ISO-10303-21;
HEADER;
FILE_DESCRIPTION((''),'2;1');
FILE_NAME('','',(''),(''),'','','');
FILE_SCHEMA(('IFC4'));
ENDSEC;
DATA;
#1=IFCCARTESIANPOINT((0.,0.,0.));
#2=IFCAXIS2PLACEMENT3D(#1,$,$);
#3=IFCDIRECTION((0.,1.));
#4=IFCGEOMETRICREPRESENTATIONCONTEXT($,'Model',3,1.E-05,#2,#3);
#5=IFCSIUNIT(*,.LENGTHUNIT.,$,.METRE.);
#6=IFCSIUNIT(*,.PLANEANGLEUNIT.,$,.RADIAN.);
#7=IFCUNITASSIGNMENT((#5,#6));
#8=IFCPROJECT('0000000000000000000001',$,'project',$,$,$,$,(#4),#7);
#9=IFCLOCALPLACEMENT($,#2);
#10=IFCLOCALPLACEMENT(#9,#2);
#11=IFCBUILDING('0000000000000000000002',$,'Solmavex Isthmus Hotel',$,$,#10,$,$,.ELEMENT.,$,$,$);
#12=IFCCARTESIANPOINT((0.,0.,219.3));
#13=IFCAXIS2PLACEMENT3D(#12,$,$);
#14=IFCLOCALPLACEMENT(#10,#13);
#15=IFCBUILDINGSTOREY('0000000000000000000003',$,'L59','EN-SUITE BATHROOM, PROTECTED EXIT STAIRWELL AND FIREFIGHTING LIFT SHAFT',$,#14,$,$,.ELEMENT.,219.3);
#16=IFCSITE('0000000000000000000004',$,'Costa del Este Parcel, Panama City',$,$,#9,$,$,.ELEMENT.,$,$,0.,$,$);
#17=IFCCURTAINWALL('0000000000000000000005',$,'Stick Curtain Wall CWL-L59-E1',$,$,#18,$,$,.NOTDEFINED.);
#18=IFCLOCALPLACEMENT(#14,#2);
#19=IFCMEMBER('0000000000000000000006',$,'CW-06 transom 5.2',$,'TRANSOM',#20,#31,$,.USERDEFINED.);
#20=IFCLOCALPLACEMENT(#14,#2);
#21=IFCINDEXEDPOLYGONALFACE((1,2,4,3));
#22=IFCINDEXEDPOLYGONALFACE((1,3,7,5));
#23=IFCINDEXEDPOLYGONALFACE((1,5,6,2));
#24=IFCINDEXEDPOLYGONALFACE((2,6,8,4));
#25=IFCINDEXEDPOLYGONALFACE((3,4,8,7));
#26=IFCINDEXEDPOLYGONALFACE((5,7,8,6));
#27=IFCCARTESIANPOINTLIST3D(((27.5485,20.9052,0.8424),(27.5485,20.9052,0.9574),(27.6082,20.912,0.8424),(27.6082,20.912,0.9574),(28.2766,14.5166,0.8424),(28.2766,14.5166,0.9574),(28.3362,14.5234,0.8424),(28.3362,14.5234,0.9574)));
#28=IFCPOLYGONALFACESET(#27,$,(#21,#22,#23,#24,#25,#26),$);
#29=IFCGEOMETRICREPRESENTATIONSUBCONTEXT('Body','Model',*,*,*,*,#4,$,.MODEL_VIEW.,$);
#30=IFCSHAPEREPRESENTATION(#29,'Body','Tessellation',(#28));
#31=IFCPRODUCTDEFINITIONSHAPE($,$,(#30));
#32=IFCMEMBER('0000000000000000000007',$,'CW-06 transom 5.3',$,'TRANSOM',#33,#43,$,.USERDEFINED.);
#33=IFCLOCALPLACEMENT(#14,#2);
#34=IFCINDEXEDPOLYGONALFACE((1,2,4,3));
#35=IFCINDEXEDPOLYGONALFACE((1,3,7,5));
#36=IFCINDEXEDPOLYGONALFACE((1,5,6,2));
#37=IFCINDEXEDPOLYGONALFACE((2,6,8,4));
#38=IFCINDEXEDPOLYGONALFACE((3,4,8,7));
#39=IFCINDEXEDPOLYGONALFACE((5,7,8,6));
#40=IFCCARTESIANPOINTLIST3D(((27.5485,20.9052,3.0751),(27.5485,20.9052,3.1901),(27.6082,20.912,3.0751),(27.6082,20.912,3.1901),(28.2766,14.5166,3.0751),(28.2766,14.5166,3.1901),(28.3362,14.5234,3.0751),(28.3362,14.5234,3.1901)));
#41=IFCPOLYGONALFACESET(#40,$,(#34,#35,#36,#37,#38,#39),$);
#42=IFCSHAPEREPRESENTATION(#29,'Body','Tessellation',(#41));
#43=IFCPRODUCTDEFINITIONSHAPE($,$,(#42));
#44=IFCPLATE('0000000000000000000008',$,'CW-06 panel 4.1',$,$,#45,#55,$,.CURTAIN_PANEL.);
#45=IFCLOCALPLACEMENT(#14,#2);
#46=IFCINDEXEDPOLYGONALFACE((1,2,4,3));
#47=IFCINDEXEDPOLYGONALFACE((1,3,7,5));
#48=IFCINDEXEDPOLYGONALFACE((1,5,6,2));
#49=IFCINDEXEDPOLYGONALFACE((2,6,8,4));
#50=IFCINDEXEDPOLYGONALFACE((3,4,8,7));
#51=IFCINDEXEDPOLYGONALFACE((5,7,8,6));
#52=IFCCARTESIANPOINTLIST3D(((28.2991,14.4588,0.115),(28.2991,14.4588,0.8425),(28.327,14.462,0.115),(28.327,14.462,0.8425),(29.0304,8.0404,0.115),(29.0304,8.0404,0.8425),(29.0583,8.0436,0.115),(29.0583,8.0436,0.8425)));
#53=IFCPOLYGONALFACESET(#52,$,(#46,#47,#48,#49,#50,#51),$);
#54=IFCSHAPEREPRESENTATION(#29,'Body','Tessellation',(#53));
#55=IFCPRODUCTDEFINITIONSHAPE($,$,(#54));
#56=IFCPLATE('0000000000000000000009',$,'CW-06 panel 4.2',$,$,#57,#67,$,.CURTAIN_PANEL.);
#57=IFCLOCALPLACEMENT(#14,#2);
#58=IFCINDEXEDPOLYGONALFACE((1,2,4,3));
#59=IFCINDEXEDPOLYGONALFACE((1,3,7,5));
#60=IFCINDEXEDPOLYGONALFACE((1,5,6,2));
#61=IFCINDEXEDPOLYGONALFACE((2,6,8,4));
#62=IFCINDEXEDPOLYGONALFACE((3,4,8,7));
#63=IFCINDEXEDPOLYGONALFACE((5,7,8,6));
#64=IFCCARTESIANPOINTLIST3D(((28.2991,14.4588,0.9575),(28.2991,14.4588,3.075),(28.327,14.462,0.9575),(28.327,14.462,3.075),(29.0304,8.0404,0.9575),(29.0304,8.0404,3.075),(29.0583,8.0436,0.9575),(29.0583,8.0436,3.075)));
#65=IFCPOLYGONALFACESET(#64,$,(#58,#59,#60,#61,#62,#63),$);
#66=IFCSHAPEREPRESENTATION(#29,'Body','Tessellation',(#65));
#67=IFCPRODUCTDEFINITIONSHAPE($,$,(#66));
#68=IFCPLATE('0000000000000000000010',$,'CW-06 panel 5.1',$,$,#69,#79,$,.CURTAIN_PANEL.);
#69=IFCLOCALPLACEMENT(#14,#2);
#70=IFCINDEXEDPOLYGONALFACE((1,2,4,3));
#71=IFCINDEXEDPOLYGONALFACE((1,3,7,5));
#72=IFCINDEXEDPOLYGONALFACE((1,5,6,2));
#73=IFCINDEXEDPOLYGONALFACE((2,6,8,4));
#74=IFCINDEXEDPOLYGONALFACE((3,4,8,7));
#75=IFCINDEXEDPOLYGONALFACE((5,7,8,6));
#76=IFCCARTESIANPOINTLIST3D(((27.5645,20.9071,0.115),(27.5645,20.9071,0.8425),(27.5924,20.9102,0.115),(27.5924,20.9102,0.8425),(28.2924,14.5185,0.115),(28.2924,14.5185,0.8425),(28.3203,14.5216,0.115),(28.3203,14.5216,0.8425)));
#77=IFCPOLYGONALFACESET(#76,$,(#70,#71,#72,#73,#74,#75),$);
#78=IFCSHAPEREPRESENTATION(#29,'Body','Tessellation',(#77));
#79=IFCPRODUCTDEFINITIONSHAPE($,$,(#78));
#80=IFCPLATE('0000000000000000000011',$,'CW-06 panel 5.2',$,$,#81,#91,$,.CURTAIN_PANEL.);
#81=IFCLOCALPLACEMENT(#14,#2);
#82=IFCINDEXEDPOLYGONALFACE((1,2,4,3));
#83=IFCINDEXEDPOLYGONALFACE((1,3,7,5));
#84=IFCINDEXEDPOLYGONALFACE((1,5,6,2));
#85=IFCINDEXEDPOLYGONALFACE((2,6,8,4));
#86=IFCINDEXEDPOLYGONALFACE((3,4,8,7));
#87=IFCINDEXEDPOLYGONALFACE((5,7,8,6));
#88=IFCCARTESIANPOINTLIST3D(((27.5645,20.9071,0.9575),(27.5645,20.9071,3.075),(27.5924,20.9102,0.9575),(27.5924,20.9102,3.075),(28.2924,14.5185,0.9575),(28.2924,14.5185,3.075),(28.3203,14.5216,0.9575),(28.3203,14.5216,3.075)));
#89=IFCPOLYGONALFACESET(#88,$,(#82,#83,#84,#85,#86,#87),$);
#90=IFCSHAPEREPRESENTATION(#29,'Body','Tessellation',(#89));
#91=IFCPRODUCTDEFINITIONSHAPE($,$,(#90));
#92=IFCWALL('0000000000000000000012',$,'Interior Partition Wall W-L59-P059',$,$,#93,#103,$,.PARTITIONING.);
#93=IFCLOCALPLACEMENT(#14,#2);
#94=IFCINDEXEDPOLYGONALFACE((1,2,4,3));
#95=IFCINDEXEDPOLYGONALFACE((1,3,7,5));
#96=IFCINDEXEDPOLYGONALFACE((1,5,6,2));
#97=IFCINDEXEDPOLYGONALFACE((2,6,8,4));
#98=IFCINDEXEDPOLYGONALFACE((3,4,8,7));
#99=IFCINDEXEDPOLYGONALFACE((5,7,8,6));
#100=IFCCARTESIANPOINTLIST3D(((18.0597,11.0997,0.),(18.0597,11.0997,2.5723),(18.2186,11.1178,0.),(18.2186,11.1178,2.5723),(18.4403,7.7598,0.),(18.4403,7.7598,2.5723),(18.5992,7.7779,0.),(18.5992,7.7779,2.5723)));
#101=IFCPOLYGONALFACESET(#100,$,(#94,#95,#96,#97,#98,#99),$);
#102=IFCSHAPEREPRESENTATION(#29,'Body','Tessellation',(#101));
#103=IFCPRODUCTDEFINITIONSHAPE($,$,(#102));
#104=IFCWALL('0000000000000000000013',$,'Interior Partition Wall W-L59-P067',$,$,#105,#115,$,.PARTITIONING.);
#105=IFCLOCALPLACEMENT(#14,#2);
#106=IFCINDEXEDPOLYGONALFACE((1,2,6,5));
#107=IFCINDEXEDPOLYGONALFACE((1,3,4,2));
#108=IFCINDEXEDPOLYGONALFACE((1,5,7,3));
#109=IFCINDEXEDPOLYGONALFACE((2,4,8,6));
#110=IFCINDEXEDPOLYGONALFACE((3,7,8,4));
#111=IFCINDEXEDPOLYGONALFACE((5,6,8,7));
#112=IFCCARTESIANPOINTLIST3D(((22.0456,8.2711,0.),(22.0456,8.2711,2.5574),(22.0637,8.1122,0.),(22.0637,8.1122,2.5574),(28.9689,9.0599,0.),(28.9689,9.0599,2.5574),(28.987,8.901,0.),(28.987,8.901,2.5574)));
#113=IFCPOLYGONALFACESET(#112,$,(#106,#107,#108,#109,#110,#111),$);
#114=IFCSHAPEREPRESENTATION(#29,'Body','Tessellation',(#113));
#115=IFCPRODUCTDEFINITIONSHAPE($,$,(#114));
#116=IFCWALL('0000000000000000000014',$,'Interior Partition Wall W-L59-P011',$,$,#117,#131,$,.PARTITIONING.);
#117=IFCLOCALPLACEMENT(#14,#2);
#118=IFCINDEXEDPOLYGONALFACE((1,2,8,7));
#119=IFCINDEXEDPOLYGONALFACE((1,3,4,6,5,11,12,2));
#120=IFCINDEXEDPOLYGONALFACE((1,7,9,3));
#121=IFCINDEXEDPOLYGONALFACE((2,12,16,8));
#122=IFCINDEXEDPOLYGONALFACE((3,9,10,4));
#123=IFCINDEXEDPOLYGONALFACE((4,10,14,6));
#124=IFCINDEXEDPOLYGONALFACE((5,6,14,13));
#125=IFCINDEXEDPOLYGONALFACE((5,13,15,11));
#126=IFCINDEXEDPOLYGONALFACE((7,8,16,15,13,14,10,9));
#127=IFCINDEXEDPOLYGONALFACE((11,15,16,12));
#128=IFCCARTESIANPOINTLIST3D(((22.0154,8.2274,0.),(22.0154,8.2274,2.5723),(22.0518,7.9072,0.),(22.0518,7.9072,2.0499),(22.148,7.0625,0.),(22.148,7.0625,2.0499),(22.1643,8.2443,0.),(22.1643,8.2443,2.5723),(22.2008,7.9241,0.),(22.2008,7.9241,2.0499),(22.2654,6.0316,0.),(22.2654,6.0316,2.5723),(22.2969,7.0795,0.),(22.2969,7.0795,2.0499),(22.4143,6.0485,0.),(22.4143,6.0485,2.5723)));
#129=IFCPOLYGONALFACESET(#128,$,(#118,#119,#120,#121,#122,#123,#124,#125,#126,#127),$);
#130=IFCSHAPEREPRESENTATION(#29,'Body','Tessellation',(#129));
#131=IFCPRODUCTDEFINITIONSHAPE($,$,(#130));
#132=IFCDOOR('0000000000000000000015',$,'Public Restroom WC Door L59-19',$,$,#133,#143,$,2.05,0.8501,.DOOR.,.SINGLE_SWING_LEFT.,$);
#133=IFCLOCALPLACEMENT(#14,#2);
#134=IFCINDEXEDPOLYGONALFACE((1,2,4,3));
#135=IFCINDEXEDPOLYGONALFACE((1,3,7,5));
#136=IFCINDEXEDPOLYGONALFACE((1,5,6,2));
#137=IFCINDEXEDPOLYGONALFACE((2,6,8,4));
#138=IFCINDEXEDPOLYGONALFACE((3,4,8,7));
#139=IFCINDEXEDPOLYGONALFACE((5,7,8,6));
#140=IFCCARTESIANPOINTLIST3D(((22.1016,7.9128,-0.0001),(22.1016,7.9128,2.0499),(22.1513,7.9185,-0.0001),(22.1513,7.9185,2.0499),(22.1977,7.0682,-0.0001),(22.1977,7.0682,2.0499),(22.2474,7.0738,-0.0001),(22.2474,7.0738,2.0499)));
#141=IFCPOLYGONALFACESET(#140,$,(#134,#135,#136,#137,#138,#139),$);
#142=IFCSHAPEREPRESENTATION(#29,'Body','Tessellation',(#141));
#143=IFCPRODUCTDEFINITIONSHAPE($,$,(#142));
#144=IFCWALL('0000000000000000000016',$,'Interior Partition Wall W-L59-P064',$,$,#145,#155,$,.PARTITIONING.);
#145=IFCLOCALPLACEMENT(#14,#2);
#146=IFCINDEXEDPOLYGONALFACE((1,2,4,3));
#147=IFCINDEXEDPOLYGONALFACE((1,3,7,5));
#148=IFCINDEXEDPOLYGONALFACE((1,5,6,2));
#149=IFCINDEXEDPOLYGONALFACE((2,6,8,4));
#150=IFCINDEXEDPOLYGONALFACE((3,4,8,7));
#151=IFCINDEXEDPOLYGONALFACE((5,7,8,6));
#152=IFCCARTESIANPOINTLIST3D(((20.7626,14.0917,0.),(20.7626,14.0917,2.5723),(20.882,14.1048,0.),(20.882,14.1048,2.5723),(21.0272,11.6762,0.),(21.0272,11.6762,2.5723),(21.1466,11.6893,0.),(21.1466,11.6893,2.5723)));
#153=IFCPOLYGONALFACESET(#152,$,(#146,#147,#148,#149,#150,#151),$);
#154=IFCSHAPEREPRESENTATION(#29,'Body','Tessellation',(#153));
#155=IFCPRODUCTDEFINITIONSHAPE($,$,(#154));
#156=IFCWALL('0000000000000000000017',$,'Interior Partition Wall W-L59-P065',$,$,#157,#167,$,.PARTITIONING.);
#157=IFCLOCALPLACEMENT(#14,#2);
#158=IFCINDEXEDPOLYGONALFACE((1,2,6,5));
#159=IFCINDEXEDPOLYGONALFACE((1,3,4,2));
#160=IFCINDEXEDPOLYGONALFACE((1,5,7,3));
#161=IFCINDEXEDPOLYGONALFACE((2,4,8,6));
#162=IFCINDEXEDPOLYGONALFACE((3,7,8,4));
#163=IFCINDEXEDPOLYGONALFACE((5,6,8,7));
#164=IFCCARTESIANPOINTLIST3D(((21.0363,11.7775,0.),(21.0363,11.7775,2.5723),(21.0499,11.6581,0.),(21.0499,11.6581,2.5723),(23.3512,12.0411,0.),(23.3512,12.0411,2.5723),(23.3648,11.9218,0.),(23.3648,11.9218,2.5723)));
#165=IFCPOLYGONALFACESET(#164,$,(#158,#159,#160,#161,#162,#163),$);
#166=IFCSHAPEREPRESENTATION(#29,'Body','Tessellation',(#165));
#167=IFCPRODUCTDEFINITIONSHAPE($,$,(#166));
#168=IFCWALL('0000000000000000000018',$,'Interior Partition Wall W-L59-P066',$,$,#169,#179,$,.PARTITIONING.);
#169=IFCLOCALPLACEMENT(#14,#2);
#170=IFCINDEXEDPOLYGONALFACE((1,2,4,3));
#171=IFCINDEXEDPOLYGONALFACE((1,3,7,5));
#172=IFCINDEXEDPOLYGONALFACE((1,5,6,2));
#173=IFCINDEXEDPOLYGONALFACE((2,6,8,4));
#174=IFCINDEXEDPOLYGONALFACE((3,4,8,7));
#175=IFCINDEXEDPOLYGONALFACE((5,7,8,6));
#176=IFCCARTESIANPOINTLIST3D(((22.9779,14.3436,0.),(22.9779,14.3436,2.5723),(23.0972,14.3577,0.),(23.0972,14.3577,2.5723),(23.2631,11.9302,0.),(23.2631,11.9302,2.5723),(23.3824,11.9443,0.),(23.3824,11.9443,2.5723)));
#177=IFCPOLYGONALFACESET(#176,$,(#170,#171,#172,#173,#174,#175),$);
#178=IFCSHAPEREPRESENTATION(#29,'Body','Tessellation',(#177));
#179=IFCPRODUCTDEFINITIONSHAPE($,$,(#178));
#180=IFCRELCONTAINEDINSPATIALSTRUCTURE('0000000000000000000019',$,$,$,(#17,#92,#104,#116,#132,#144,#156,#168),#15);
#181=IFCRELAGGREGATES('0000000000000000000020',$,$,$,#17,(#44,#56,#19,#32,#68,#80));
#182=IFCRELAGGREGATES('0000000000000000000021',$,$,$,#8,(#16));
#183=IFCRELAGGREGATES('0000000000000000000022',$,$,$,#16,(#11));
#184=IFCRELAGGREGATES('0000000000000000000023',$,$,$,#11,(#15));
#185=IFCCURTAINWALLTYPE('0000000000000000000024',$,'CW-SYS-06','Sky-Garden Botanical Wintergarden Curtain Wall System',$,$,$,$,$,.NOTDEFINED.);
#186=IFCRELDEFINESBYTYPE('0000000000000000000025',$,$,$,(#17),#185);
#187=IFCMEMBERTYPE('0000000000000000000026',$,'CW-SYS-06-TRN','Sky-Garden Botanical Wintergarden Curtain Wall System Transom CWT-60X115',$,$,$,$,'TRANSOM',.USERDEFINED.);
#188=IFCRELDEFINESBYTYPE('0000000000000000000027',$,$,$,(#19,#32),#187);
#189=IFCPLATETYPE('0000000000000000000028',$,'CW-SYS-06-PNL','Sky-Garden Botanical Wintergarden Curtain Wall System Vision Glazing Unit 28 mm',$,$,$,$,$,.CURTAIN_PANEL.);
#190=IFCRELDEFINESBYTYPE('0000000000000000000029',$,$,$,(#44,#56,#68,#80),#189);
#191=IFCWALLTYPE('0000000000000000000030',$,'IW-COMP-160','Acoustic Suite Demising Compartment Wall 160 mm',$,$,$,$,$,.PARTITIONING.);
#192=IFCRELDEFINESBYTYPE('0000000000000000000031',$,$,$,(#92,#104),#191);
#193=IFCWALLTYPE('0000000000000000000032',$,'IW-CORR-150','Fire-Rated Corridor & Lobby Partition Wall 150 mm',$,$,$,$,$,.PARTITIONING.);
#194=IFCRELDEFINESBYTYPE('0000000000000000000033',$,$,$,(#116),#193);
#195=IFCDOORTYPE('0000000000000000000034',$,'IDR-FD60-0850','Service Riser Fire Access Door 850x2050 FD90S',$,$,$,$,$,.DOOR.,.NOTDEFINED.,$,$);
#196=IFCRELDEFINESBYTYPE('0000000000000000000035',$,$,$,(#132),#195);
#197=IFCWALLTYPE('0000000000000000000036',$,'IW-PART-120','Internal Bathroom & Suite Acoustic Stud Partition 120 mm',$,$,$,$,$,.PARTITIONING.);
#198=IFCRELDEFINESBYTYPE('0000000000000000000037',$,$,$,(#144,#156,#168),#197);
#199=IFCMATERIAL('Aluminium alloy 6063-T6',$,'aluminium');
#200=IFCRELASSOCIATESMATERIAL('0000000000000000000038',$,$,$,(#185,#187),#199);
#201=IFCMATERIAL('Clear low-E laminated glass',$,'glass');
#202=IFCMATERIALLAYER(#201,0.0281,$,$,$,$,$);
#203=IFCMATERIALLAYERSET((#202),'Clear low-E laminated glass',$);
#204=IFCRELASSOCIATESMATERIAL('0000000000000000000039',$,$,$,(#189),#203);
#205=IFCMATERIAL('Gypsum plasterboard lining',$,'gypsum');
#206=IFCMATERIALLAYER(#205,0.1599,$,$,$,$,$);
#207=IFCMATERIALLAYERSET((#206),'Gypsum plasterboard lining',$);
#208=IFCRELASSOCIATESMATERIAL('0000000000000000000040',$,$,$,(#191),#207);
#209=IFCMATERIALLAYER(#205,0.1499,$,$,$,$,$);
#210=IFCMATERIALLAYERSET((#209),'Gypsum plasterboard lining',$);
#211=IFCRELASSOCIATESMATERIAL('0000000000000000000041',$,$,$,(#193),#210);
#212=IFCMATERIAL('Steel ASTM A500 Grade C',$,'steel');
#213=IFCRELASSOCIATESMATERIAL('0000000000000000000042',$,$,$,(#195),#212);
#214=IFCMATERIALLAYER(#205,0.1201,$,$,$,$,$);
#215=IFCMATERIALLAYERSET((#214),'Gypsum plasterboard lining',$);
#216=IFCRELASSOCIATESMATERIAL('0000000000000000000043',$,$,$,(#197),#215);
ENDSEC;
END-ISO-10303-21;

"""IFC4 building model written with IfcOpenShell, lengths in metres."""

from ifc_helpers import new_model, si_unit, direction, frame, frame_2d, origin, origin_2d, place, context, subcontext, project, spatial, rectangle, extrude, material, layer, layer_set, material_profile, profile_set, type_object, element, fill, aggregate, save


model = new_model("IFC4")

# Units and contexts
model_context = context("Model", 3, precision=1e-05, world=origin(), true_north=direction((0.0, 1.0)))
body_context = subcontext(model_context, "Body", "Model", "MODEL_VIEW")
ifc_project = project(units=[si_unit("LENGTHUNIT", "METRE"), si_unit("PLANEANGLEUNIT", "RADIAN")], contexts=[model_context])

# Site, building, storey
site_placement = place(None, origin())
site = spatial("IfcSite", under=ifc_project, at=site_placement, Name="Costa del Este Parcel, Panama City", CompositionType="ELEMENT", RefElevation=0.0)
building_placement = place(site_placement, origin())
building = spatial("IfcBuilding", under=site, at=building_placement, Name="Solmavex Isthmus Hotel", CompositionType="ELEMENT")
storey_placement = place(building_placement, frame((0.0, 0.0, 219.3)))
storey = spatial("IfcBuildingStorey", under=building, at=storey_placement, Name="L59", Description="EN-SUITE BATHROOM, PROTECTED EXIT STAIRWELL AND FIREFIGHTING LIFT SHAFT", CompositionType="ELEMENT", Elevation=219.3)

# Curtain wall, members, plates
ifc_material_1 = material(Name="Aluminium alloy 6063-T6", Category="aluminium")
curtain_wall_type = type_object("IfcCurtainWallType", Name="CW-SYS-06", Description="Sky-Garden Botanical Wintergarden Curtain Wall System", PredefinedType="NOTDEFINED", material=ifc_material_1)
curtain_wall_placement = place(storey_placement, origin())
curtain_wall = element("IfcCurtainWall", 1, at=curtain_wall_placement, inside=storey, type_object=curtain_wall_type, Name="Stick Curtain Wall CWL-L59-E1", PredefinedType="NOTDEFINED")
ifc_material_profile_1 = material_profile(ifc_material_1, rectangle(XDim=0.0601, YDim=0.115, at=origin_2d()), Name="CWT-60X115")
ifc_profile_set_1 = profile_set([ifc_material_profile_1], Name="Aluminium alloy 6063-T6")
member_type_1 = type_object("IfcMemberType", Name="CW-SYS-06-TRN", Description="Sky-Garden Botanical Wintergarden Curtain Wall System Transom CWT-60X115", ElementType="TRANSOM", PredefinedType="USERDEFINED", material=ifc_profile_set_1)
member_1_placement = place(storey_placement, frame((28.3064, 14.52, 0.8999), z_axis=(-0.113223, 0.99357, 0.0), x_axis=(-0.99357, -0.113223, 0.0)))
member_1 = element("IfcMember", 2, at=member_1_placement, type_object=member_type_1, Name="CW-06 transom 5.2", ObjectType="TRANSOM", PredefinedType="USERDEFINED", context=body_context, shape_type="SweptSolid", body=[
    extrude(rectangle(XDim=0.0601, YDim=0.115, at=origin_2d()), origin(), (0.0, 0.0, 1.0), 6.4299),
])
member_2_placement = place(storey_placement, frame((28.3064, 14.52, 3.1326), z_axis=(-0.113223, 0.99357, 0.0), x_axis=(-0.99357, -0.113223, 0.0)))
member_2 = element("IfcMember", 3, at=member_2_placement, type_object=member_type_1, Name="CW-06 transom 5.3", ObjectType="TRANSOM", PredefinedType="USERDEFINED", context=body_context, shape_type="SweptSolid", body=[
    extrude(rectangle(XDim=0.0601, YDim=0.115, at=origin_2d()), origin(), (0.0, 0.0, 1.0), 6.4299),
])
ifc_material_2 = material(Name="Clear low-E laminated glass", Category="glass")
ifc_layer_1 = layer(ifc_material_2, 0.0281)
ifc_layer_set_1 = layer_set([ifc_layer_1], Name="Clear low-E laminated glass")
plate_type = type_object("IfcPlateType", Name="CW-SYS-06-PNL", Description="Sky-Garden Botanical Wintergarden Curtain Wall System Vision Glazing Unit 28 mm", PredefinedType="CURTAIN_PANEL", material=ifc_layer_set_1)
plate_1_placement = place(storey_placement, frame((28.6787, 11.2512, 0.115), z_axis=(0.0, 0.0, 1.0), x_axis=(-0.113203, 0.993572, 0.0)))
plate_1 = element("IfcPlate", 4, at=plate_1_placement, type_object=plate_type, Name="CW-06 panel 4.1", PredefinedType="CURTAIN_PANEL", context=body_context, shape_type="SweptSolid", body=[
    extrude(rectangle(XDim=6.46, YDim=0.0281, at=origin_2d()), origin(), (0.0, 0.0, 1.0), 0.7275),
])
plate_2_placement = place(storey_placement, frame((28.6787, 11.2512, 0.9575), z_axis=(0.0, 0.0, 1.0), x_axis=(-0.113203, 0.993572, 0.0)))
plate_2 = element("IfcPlate", 5, at=plate_2_placement, type_object=plate_type, Name="CW-06 panel 4.2", PredefinedType="CURTAIN_PANEL", context=body_context, shape_type="SweptSolid", body=[
    extrude(rectangle(XDim=6.46, YDim=0.0281, at=origin_2d()), origin(), (0.0, 0.0, 1.0), 2.1174),
])
plate_3_placement = place(storey_placement, frame((27.9424, 17.7144, 0.115), z_axis=(0.0, 0.0, 1.0), x_axis=(-0.113203, 0.993572, 0.0)))
plate_3 = element("IfcPlate", 6, at=plate_3_placement, type_object=plate_type, Name="CW-06 panel 5.1", PredefinedType="CURTAIN_PANEL", context=body_context, shape_type="SweptSolid", body=[
    extrude(rectangle(XDim=6.4299, YDim=0.0281, at=origin_2d()), origin(), (0.0, 0.0, 1.0), 0.7275),
])
plate_4_placement = place(storey_placement, frame((27.9424, 17.7144, 0.9575), z_axis=(0.0, 0.0, 1.0), x_axis=(-0.113203, 0.993572, 0.0)))
plate_4 = element("IfcPlate", 7, at=plate_4_placement, type_object=plate_type, Name="CW-06 panel 5.2", PredefinedType="CURTAIN_PANEL", context=body_context, shape_type="SweptSolid", body=[
    extrude(rectangle(XDim=6.4299, YDim=0.0281, at=origin_2d()), origin(), (0.0, 0.0, 1.0), 2.1174),
])
aggregate(curtain_wall, [plate_1, plate_2, member_1, member_2, plate_3, plate_4])

# Wall
ifc_material_3 = material(Name="Gypsum plasterboard lining", Category="gypsum")
ifc_layer_2 = layer(ifc_material_3, 0.1599)
ifc_layer_set_2 = layer_set([ifc_layer_2], Name="Gypsum plasterboard lining")
wall_type_1 = type_object("IfcWallType", Name="IW-COMP-160", Description="Acoustic Suite Demising Compartment Wall 160 mm", PredefinedType="PARTITIONING", material=ifc_layer_set_2)
wall_1_placement = place(storey_placement, frame((18.1392, 11.1086, 0.0), z_axis=(0.0, 0.0, 1.0), x_axis=(0.113229, -0.993569, 0.0)))
element("IfcWall", 8, at=wall_1_placement, inside=storey, type_object=wall_type_1, Name="Interior Partition Wall W-L59-P059", PredefinedType="PARTITIONING", context=body_context, shape_type="SweptSolid", body=[
    extrude(rectangle(XDim=3.3616, YDim=0.1599, at=frame_2d((1.6807, 0.0))), origin(), (0.0, 0.0, 1.0), 2.5723),
])

# Wall
wall_2_placement = place(storey_placement, frame((28.9778, 8.9805, 0.0), z_axis=(0.0, 0.0, 1.0), x_axis=(-0.993572, -0.113204, 0.0)))
element("IfcWall", 9, at=wall_2_placement, inside=storey, type_object=wall_type_1, Name="Interior Partition Wall W-L59-P067", PredefinedType="PARTITIONING", context=body_context, shape_type="SweptSolid", body=[
    extrude(rectangle(XDim=6.968, YDim=0.1599, at=frame_2d((3.4839, 0.0))), origin(), (0.0, 0.0, 1.0), 2.5574),
])

# Wall, opening, door
ifc_layer_3 = layer(ifc_material_3, 0.1499)
ifc_layer_set_3 = layer_set([ifc_layer_3], Name="Gypsum plasterboard lining")
wall_type_2 = type_object("IfcWallType", Name="IW-CORR-150", Description="Fire-Rated Corridor & Lobby Partition Wall 150 mm", PredefinedType="PARTITIONING", material=ifc_layer_set_3)
wall_3_placement = place(storey_placement, frame((22.0898, 8.2358, 0.0), z_axis=(0.0, 0.0, 1.0), x_axis=(0.113123, -0.993581, 0.0)))
wall_3 = element("IfcWall", 10, at=wall_3_placement, inside=storey, type_object=wall_type_2, Name="Interior Partition Wall W-L59-P011", PredefinedType="PARTITIONING", context=body_context, shape_type="SweptSolid", body=[
    extrude(rectangle(XDim=2.21, YDim=0.1499, at=frame_2d((1.105, 0.0))), origin(), (0.0, 0.0, 1.0), 2.5723),
])
opening_1_placement = place(wall_3_placement, frame((0.3223, 0.0, 0.0)))
opening_1 = element("IfcOpeningElement", 11, at=opening_1_placement, cuts=wall_3, PredefinedType="OPENING", context=body_context, shape_type="SweptSolid", body=[
    extrude(rectangle(XDim=0.8501, YDim=2.05, at=frame_2d((0.425, 1.0249))), frame((0.0, 0.085, 0.0), z_axis=(0.0, -1.0, 0.0), x_axis=(1.0, 0.0, 0.0)), (0.0, 0.0, 1.0), 0.1699),
])
ifc_material_4 = material(Name="Steel ASTM A500 Grade C", Category="steel")
door_type_1 = type_object("IfcDoorType", Name="IDR-FD60-0850", Description="Service Riser Fire Access Door 850x2050 FD90S", OperationType="NOTDEFINED", PredefinedType="DOOR", material=ifc_material_4)
door_1_placement = place(opening_1_placement, frame((0.8501, 0.0, 0.0), z_axis=(0.0, 0.0, 1.0), x_axis=(-1.0, 0.0, 0.0)))
door_1 = element("IfcDoor", 12, at=door_1_placement, inside=storey, type_object=door_type_1, Name="Public Restroom WC Door L59-19", OperationType="SINGLE_SWING_LEFT", OverallHeight=2.05, OverallWidth=0.8501, PredefinedType="DOOR", context=body_context, shape_type="SweptSolid", body=[
    extrude(rectangle(XDim=0.8501, YDim=2.05, at=frame_2d((0.425, 1.0249))), frame((0.0, 0.0249, 0.0), z_axis=(0.0, -1.0, 0.0), x_axis=(1.0, 0.0, 0.0)), (0.0, 0.0, 1.0), 0.05),
])
fill(opening_1, door_1)

# Walls
ifc_layer_4 = layer(ifc_material_3, 0.1201)
ifc_layer_set_4 = layer_set([ifc_layer_4], Name="Gypsum plasterboard lining")
wall_type_3 = type_object("IfcWallType", Name="IW-PART-120", Description="Internal Bathroom & Suite Acoustic Stud Partition 120 mm", PredefinedType="PARTITIONING", material=ifc_layer_set_4)
wall_4_placement = place(storey_placement, frame((20.8223, 14.0981, 0.0), z_axis=(0.0, 0.0, 1.0), x_axis=(0.10891, -0.994052, 0.0)))
element("IfcWall", 13, at=wall_4_placement, inside=storey, type_object=wall_type_3, Name="Interior Partition Wall W-L59-P064", PredefinedType="PARTITIONING", context=body_context, shape_type="SweptSolid", body=[
    extrude(rectangle(XDim=2.4299, YDim=0.1201, at=frame_2d((1.2148, 0.0))), origin(), (0.0, 0.0, 1.0), 2.5723),
])
wall_5_placement = place(storey_placement, frame((21.043, 11.7178, 0.0), z_axis=(0.0, 0.0, 1.0), x_axis=(0.993576, 0.113168, 0.0)))
element("IfcWall", 14, at=wall_5_placement, inside=storey, type_object=wall_type_3, Name="Interior Partition Wall W-L59-P065", PredefinedType="PARTITIONING", context=body_context, shape_type="SweptSolid", body=[
    extrude(rectangle(XDim=2.3298, YDim=0.1201, at=frame_2d((1.165, 0.0))), origin(), (0.0, 0.0, 1.0), 2.5723),
])
wall_6_placement = place(storey_placement, frame((23.3228, 11.9373, 0.0), z_axis=(0.0, 0.0, 1.0), x_axis=(-0.117343, 0.993092, 0.0)))
element("IfcWall", 15, at=wall_6_placement, inside=storey, type_object=wall_type_3, Name="Interior Partition Wall W-L59-P066", PredefinedType="PARTITIONING", context=body_context, shape_type="SweptSolid", body=[
    extrude(rectangle(XDim=2.4302, YDim=0.1201, at=frame_2d((1.2151, 0.0))), origin(), (0.0, 0.0, 1.0), 2.5723),
])

save(model, "model.ifc")
